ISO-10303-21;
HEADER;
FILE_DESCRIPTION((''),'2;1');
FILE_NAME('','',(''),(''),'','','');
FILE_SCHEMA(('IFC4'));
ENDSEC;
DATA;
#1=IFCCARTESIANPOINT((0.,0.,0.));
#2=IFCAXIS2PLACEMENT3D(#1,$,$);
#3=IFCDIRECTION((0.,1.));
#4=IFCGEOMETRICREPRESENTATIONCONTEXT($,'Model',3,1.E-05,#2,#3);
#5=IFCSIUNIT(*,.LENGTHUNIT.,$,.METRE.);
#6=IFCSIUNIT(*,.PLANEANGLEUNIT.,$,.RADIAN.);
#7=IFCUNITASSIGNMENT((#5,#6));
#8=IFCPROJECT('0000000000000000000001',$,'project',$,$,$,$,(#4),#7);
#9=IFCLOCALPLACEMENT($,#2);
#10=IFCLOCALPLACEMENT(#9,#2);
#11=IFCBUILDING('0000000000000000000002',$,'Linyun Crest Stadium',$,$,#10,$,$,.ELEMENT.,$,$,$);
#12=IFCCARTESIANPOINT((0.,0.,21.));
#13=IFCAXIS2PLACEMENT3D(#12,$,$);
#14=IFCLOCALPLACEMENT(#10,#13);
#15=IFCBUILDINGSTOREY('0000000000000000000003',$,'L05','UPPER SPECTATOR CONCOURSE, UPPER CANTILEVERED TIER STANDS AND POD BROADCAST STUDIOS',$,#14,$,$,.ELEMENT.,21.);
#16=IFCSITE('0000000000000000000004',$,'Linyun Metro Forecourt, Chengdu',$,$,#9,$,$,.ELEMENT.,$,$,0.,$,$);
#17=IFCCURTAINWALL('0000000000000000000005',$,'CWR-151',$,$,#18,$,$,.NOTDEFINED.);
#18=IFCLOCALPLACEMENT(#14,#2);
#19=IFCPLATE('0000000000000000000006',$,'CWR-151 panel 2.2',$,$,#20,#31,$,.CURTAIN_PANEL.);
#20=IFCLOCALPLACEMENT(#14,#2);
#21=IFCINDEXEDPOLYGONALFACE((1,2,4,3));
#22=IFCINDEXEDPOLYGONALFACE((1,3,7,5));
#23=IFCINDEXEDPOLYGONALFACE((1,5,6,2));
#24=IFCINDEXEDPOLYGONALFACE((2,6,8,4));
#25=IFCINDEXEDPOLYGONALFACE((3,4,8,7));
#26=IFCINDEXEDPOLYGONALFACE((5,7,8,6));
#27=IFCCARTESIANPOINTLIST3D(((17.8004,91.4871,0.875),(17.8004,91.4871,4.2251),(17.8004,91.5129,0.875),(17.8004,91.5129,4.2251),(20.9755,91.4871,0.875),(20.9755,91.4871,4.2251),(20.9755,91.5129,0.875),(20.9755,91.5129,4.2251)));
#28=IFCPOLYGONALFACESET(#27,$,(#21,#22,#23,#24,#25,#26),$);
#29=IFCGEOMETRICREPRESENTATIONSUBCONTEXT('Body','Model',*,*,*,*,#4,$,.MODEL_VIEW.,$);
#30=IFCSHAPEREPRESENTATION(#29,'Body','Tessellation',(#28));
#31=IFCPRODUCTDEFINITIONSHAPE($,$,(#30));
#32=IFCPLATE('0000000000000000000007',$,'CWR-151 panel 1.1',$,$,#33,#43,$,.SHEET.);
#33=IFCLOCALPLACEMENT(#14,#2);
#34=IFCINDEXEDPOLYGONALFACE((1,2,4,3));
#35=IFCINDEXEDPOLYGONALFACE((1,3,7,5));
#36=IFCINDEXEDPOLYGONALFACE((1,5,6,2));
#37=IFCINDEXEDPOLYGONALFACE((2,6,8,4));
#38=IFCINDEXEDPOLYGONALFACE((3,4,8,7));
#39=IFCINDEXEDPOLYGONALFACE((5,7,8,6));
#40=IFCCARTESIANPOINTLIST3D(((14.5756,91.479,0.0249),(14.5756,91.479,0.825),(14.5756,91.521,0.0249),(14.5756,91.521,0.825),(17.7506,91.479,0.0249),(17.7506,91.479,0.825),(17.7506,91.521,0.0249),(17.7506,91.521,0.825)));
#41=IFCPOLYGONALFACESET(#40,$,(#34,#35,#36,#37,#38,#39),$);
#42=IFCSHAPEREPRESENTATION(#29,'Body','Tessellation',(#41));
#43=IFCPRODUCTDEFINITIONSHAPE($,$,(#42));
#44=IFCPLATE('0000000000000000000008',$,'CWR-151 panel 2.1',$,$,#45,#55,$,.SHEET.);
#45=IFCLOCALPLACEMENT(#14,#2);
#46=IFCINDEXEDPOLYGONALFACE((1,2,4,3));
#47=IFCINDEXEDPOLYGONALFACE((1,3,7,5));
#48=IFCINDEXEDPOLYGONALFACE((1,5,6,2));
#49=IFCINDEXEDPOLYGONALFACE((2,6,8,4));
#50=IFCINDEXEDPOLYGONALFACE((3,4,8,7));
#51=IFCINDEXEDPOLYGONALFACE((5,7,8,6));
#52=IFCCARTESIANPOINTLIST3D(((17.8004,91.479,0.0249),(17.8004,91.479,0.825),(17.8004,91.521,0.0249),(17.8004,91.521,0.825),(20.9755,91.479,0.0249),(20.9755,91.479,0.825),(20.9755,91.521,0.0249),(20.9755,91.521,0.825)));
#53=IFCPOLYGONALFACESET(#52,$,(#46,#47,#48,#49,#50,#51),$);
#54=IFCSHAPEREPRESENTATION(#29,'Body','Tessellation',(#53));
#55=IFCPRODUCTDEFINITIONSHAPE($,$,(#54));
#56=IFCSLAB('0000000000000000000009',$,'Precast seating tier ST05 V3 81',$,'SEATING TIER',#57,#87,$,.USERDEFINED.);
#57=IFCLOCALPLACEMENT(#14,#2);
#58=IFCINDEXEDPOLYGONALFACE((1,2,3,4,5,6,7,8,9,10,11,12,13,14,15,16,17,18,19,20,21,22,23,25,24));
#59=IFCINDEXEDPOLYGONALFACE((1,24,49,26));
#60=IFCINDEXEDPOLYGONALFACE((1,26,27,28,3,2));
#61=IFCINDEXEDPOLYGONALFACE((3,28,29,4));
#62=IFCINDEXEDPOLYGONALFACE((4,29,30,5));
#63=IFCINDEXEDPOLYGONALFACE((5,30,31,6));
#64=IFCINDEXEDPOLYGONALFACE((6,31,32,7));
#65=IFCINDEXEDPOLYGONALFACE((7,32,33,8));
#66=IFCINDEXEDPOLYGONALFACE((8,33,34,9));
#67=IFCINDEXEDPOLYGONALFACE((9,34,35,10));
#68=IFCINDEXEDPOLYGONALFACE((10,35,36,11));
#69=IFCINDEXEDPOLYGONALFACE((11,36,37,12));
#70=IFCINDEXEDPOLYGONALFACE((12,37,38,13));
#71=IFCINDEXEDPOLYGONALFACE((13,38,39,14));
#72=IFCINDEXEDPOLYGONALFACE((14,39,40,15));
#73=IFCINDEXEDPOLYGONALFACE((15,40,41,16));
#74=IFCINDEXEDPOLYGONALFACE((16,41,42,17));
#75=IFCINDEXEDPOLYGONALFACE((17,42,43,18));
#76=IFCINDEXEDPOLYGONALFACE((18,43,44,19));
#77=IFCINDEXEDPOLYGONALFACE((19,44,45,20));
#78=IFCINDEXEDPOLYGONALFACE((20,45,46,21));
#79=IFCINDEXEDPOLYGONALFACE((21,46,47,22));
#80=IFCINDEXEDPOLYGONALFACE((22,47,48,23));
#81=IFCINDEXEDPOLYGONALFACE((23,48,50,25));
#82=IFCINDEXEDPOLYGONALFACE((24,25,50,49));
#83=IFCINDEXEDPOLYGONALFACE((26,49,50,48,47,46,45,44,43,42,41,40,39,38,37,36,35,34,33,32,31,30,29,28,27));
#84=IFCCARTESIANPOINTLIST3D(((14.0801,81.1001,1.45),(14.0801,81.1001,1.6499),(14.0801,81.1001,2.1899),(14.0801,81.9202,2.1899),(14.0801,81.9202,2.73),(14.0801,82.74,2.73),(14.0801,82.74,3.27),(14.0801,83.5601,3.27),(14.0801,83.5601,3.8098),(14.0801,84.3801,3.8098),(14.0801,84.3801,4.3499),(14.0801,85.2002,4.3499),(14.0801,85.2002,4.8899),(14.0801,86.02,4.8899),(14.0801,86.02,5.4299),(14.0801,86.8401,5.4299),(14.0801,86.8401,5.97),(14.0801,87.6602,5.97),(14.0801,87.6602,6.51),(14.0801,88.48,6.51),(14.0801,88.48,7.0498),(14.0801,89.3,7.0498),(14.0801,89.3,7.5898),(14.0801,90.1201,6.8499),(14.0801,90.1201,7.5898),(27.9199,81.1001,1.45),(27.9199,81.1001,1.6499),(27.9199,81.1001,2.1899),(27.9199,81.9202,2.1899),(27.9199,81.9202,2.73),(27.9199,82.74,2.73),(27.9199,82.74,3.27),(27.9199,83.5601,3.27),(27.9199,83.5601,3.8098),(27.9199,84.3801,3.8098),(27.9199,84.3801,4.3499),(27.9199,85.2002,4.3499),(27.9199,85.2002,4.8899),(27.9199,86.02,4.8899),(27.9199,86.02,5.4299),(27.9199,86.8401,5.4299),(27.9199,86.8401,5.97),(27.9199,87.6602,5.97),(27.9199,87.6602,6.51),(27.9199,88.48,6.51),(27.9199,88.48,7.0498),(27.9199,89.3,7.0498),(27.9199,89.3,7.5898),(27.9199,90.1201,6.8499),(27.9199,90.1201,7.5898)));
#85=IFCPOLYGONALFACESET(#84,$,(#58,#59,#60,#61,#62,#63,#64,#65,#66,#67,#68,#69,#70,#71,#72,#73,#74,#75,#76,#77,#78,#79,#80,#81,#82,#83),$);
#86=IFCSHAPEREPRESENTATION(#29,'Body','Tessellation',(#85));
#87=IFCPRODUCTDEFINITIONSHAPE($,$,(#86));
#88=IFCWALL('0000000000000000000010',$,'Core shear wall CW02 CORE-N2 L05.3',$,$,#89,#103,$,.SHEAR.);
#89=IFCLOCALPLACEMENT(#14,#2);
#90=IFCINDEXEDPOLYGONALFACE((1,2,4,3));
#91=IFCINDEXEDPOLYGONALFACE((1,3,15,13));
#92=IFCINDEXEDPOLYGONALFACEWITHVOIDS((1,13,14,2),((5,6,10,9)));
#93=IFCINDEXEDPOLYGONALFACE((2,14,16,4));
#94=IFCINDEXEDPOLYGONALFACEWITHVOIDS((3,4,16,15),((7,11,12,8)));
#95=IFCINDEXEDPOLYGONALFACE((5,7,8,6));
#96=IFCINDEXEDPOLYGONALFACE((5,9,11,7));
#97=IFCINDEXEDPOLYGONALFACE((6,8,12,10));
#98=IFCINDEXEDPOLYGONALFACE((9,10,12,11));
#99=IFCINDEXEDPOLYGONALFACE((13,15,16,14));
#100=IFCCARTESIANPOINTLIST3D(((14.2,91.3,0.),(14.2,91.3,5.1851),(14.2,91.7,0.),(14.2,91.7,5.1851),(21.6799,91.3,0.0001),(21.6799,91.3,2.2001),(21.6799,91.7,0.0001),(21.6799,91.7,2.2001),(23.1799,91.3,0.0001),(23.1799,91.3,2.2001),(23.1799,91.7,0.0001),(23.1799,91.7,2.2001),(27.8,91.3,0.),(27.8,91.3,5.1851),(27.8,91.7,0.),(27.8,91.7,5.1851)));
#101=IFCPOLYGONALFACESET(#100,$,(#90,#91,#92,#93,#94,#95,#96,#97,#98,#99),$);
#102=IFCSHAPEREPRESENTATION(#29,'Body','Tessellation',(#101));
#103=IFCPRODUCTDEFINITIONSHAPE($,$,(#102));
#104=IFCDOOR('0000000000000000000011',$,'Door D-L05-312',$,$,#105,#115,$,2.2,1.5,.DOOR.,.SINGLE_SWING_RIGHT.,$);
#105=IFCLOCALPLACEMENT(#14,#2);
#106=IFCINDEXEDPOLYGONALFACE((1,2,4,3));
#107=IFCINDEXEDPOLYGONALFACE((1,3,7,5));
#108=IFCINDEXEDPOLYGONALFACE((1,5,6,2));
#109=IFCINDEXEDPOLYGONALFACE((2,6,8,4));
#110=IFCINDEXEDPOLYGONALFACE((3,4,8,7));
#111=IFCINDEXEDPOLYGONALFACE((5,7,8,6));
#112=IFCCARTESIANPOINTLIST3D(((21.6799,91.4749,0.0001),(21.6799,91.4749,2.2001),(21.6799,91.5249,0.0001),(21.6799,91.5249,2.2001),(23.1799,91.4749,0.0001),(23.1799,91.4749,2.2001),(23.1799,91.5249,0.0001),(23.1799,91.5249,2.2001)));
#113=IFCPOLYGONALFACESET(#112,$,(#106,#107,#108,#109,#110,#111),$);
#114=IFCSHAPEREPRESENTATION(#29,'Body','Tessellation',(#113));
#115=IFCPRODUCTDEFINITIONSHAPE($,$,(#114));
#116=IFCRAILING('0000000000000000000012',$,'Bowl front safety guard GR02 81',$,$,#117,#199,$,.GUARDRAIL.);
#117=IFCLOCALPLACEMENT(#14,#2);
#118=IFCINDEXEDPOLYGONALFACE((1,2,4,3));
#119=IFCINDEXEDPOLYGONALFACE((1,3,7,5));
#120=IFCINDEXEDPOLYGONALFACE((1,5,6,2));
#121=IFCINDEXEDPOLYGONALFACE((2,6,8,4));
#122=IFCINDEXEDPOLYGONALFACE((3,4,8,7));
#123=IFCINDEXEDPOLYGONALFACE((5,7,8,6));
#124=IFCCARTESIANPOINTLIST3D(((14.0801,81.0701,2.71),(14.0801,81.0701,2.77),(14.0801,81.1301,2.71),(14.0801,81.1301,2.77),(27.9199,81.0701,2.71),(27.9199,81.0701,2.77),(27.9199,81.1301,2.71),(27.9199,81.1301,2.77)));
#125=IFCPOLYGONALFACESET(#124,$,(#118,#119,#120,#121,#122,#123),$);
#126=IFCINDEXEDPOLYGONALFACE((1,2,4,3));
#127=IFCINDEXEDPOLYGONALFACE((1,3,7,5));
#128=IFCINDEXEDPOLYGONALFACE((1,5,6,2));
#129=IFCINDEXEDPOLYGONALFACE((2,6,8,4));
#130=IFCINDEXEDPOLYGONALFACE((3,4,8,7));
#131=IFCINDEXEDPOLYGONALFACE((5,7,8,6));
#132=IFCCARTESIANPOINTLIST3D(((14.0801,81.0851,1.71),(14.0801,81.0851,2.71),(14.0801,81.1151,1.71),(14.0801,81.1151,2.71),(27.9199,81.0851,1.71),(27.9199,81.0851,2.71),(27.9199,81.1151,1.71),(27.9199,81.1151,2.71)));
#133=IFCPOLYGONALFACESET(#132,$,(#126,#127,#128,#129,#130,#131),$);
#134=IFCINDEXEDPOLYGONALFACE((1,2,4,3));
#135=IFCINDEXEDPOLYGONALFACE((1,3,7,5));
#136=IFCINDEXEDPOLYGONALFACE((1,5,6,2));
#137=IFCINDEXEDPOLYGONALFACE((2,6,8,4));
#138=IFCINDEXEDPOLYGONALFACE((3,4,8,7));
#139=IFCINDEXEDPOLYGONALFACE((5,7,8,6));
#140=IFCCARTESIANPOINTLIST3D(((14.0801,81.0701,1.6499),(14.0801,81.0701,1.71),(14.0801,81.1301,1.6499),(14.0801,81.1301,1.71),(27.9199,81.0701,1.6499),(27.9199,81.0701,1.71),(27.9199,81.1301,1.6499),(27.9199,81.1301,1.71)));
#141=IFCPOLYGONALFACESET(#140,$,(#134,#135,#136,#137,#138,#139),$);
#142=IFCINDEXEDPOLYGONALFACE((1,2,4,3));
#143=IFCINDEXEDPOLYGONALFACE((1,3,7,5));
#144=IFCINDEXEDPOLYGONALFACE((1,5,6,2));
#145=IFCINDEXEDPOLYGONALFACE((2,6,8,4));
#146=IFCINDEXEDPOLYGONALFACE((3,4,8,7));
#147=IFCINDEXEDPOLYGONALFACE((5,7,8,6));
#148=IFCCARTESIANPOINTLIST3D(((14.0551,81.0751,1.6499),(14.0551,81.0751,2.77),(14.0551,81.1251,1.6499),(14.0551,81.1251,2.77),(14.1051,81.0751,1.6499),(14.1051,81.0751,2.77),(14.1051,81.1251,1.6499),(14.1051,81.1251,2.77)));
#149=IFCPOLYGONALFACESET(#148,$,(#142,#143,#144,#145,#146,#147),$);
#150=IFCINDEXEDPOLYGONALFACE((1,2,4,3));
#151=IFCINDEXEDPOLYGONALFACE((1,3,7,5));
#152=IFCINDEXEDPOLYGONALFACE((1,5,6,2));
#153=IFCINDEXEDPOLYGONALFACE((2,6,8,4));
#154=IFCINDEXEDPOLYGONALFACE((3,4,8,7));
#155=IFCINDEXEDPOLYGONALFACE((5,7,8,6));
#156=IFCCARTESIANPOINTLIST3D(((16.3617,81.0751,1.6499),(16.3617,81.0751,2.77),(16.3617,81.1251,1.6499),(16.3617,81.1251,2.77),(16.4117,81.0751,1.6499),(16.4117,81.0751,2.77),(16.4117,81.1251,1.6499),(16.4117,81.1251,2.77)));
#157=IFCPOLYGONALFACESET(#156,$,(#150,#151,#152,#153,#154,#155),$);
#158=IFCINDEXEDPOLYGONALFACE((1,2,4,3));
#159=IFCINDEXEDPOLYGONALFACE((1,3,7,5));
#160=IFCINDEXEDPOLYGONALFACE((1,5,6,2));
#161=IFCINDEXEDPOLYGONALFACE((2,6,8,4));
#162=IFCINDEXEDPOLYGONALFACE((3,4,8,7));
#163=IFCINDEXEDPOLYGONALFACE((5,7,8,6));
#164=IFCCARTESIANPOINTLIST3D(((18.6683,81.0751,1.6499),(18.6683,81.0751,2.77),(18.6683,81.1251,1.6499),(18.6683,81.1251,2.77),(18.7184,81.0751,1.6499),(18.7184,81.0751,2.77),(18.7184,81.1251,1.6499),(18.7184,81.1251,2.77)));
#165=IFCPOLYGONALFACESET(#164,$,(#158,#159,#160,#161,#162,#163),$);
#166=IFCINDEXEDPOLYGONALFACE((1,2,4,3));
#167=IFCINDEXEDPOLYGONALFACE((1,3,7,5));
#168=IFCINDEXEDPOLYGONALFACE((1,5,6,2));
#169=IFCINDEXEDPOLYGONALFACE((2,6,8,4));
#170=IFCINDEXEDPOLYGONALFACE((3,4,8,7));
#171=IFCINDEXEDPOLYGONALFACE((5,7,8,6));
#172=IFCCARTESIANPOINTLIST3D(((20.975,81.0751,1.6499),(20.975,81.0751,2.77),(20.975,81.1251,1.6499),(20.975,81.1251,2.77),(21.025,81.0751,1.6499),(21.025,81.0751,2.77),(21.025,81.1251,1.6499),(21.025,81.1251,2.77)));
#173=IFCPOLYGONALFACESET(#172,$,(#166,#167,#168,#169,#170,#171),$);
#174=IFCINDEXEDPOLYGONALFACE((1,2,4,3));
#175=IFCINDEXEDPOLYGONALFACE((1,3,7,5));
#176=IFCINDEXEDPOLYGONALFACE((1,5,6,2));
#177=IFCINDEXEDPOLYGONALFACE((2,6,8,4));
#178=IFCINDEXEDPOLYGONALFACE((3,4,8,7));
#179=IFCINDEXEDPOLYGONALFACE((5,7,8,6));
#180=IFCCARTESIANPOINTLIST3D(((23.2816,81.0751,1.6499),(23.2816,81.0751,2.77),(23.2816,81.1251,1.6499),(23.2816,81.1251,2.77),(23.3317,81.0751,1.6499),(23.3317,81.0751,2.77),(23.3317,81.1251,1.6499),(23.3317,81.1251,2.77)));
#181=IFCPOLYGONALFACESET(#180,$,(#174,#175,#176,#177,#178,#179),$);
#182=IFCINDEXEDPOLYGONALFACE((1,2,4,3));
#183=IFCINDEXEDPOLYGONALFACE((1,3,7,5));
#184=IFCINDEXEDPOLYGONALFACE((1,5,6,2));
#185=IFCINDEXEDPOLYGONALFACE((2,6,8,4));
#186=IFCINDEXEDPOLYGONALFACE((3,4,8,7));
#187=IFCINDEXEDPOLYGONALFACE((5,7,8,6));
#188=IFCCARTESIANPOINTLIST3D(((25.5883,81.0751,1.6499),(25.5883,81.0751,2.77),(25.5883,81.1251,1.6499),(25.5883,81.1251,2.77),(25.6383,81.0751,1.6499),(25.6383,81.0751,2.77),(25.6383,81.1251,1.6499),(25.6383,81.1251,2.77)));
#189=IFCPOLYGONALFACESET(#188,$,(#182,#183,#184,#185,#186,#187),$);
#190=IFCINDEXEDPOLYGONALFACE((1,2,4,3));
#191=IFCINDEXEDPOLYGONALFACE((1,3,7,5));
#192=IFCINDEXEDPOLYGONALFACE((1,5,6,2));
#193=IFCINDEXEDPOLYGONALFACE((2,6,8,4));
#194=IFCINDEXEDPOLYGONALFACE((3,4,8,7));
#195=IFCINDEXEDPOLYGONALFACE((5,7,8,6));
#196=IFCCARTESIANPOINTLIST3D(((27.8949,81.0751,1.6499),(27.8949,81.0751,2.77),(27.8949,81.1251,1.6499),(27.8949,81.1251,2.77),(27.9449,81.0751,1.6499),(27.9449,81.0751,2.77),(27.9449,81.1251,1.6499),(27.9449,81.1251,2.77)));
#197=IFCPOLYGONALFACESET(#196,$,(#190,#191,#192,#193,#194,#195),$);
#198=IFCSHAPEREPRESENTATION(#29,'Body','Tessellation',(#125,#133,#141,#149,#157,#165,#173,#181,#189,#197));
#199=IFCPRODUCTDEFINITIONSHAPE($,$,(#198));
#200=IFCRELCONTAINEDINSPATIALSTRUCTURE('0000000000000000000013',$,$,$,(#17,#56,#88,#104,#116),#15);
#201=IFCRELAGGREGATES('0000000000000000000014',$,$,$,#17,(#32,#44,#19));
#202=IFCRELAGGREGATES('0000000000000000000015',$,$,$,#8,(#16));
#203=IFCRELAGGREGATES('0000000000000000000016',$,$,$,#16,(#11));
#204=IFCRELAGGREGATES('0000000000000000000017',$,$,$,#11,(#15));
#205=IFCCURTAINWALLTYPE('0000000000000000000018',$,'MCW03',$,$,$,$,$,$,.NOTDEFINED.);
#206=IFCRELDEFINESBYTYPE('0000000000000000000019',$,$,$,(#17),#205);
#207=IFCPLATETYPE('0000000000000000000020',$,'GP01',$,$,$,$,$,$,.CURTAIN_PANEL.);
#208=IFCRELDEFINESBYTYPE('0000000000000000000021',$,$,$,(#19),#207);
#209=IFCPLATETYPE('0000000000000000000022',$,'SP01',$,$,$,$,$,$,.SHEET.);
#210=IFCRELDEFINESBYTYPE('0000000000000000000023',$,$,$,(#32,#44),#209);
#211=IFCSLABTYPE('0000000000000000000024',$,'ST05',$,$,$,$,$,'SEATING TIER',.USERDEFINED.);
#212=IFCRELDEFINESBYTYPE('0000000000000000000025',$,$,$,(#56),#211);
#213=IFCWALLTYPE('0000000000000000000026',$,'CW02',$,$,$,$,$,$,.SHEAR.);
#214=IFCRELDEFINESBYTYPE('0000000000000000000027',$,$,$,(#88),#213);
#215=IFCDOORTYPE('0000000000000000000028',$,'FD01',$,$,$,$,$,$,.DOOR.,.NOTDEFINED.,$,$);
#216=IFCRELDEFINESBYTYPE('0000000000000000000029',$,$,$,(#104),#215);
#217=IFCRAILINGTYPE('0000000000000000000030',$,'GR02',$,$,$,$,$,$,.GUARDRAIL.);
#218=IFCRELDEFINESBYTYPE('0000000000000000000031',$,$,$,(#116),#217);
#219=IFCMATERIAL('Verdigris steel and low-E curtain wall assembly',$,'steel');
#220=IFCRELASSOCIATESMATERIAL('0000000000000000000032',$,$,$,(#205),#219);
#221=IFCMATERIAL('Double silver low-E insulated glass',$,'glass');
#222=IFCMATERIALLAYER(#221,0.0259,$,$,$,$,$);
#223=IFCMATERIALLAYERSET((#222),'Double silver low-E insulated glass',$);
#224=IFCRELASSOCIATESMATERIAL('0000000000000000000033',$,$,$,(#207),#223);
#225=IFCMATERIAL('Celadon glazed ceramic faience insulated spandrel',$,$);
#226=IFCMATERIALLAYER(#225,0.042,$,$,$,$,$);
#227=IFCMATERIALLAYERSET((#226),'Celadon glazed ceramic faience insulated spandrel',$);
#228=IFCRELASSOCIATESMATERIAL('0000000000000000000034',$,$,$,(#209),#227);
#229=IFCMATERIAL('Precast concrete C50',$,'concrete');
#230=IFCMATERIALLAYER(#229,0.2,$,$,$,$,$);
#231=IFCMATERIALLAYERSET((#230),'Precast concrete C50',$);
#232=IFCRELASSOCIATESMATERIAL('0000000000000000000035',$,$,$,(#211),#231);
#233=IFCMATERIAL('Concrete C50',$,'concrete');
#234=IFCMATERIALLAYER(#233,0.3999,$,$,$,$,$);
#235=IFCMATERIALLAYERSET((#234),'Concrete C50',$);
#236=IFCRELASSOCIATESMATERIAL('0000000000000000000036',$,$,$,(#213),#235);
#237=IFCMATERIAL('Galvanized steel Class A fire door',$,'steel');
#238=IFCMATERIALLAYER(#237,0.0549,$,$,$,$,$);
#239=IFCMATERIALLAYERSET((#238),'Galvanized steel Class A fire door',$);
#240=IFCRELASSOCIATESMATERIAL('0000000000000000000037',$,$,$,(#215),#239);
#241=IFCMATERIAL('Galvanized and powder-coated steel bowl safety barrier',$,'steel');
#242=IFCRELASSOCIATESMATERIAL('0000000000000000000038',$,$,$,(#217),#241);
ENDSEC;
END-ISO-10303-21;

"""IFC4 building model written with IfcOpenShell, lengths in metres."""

from ifc_helpers import new_model, si_unit, direction, frame, frame_2d, origin, origin_2d, place, context, subcontext, project, spatial, polyline, rectangle, outline, extrude, material, layer, layer_set, type_object, element, fill, aggregate, save


model = new_model("IFC4")

# Units and contexts
model_context = context("Model", 3, precision=1e-05, world=origin(), true_north=direction((0.0, 1.0)))
body_context = subcontext(model_context, "Body", "Model", "MODEL_VIEW")
ifc_project = project(units=[si_unit("LENGTHUNIT", "METRE"), si_unit("PLANEANGLEUNIT", "RADIAN")], contexts=[model_context])

# Site, building, storey
site_placement = place(None, origin())
site = spatial("IfcSite", under=ifc_project, at=site_placement, Name="Linyun Metro Forecourt, Chengdu", CompositionType="ELEMENT", RefElevation=0.0)
building_placement = place(site_placement, origin())
building = spatial("IfcBuilding", under=site, at=building_placement, Name="Linyun Crest Stadium", CompositionType="ELEMENT")
storey_placement = place(building_placement, frame((0.0, 0.0, 21.0)))
storey = spatial("IfcBuildingStorey", under=building, at=storey_placement, Name="L05", Description="UPPER SPECTATOR CONCOURSE, UPPER CANTILEVERED TIER STANDS AND POD BROADCAST STUDIOS", CompositionType="ELEMENT", Elevation=21.0)

# Curtain wall
ifc_material_1 = material(Name="Verdigris steel and low-E curtain wall assembly", Category="steel")
curtain_wall_type_1 = type_object("IfcCurtainWallType", Name="MCW03", PredefinedType="NOTDEFINED", material=ifc_material_1)
curtain_wall_1_placement = place(storey_placement, origin())
curtain_wall_1 = element("IfcCurtainWall", 1, at=curtain_wall_1_placement, inside=storey, type_object=curtain_wall_type_1, Name="CWR-151", PredefinedType="NOTDEFINED")

# Plates
ifc_material_2 = material(Name="Double silver low-E insulated glass", Category="glass")
ifc_layer_1 = layer(ifc_material_2, 0.0259)
ifc_layer_set_1 = layer_set([ifc_layer_1], Name="Double silver low-E insulated glass")
plate_type_1 = type_object("IfcPlateType", Name="GP01", PredefinedType="CURTAIN_PANEL", material=ifc_layer_set_1)
plate_1_placement = place(storey_placement, frame((19.3879, 91.5, 0.875), z_axis=(0.0, 0.0, 1.0), x_axis=(1.0, 0.0, 0.0)))
plate_1 = element("IfcPlate", 2, at=plate_1_placement, type_object=plate_type_1, Name="CWR-151 panel 2.2", PredefinedType="CURTAIN_PANEL", context=body_context, shape_type="SweptSolid", body=[
    extrude(rectangle(XDim=3.175, YDim=0.0259, at=origin_2d()), origin(), (0.0, 0.0, 1.0), 3.3501),
])
ifc_material_3 = material(Name="Celadon glazed ceramic faience insulated spandrel")
ifc_layer_2 = layer(ifc_material_3, 0.042)
ifc_layer_set_2 = layer_set([ifc_layer_2], Name="Celadon glazed ceramic faience insulated spandrel")
plate_type_2 = type_object("IfcPlateType", Name="SP01", PredefinedType="SHEET", material=ifc_layer_set_2)
plate_2_placement = place(storey_placement, frame((16.1631, 91.5, 0.0249), z_axis=(0.0, 0.0, 1.0), x_axis=(1.0, 0.0, 0.0)))
plate_2 = element("IfcPlate", 3, at=plate_2_placement, type_object=plate_type_2, Name="CWR-151 panel 1.1", PredefinedType="SHEET", context=body_context, shape_type="SweptSolid", body=[
    extrude(rectangle(XDim=3.175, YDim=0.042, at=origin_2d()), origin(), (0.0, 0.0, 1.0), 0.8),
])
plate_3_placement = place(storey_placement, frame((19.3879, 91.5, 0.0249), z_axis=(0.0, 0.0, 1.0), x_axis=(1.0, 0.0, 0.0)))
plate_3 = element("IfcPlate", 4, at=plate_3_placement, type_object=plate_type_2, Name="CWR-151 panel 2.1", PredefinedType="SHEET", context=body_context, shape_type="SweptSolid", body=[
    extrude(rectangle(XDim=3.175, YDim=0.042, at=origin_2d()), origin(), (0.0, 0.0, 1.0), 0.8),
])
aggregate(curtain_wall_1, [plate_2, plate_3, plate_1])

# Slab
ifc_material_4 = material(Name="Precast concrete C50", Category="concrete")
ifc_layer_3 = layer(ifc_material_4, 0.2)
ifc_layer_set_3 = layer_set([ifc_layer_3], Name="Precast concrete C50")
slab_type = type_object("IfcSlabType", Name="ST05", ElementType="SEATING TIER", PredefinedType="USERDEFINED", material=ifc_layer_set_3)
slab_placement = place(storey_placement, frame((14.0801, 81.1001, 1.6499), z_axis=(0.0, 0.0, 1.0), x_axis=(0.0, 1.0, 0.0)))
element("IfcSlab", 5, at=slab_placement, inside=storey, type_object=slab_type, Name="Precast seating tier ST05 V3 81", ObjectType="SEATING TIER", PredefinedType="USERDEFINED", context=body_context, shape_type="SweptSolid", body=[
    extrude(outline(polyline([(0.0, 0.0), (0.0, 0.54), (0.8201, 0.54), (0.8201, 1.0801), (1.6399, 1.0801), (1.6399, 1.6201), (2.46, 1.6201), (2.46, 2.1599), (3.28, 2.1599), (3.28, 2.7), (4.1001, 2.7), (4.1001, 3.24), (4.9199, 3.24), (4.9199, 3.78), (5.74, 3.78), (5.74, 4.3201), (6.5601, 4.3201), (6.5601, 4.8601), (7.3799, 4.8601), (7.3799, 5.3999), (8.2, 5.3999), (8.2, 5.9399), (9.02, 5.9399), (9.02, 5.2), (0.0, -0.2), (0.0, 0.0)])), frame((0.0, 0.0, 0.0), z_axis=(0.0, -1.0, 0.0), x_axis=(1.0, 0.0, 0.0)), (0.0, 0.0, 1.0), 13.8398),
])

# Wall, opening, door
ifc_material_5 = material(Name="Concrete C50", Category="concrete")
ifc_layer_4 = layer(ifc_material_5, 0.3999)
ifc_layer_set_4 = layer_set([ifc_layer_4], Name="Concrete C50")
wall_type = type_object("IfcWallType", Name="CW02", PredefinedType="SHEAR", material=ifc_layer_set_4)
wall_placement = place(storey_placement, frame((14.2, 91.5, 0.0), z_axis=(0.0, 0.0, 1.0), x_axis=(1.0, 0.0, 0.0)))
wall = element("IfcWall", 6, at=wall_placement, inside=storey, type_object=wall_type, Name="Core shear wall CW02 CORE-N2 L05.3", PredefinedType="SHEAR", context=body_context, shape_type="SweptSolid", body=[
    extrude(rectangle(XDim=13.6001, YDim=0.3999, at=frame_2d((6.8, 0.0))), origin(), (0.0, 0.0, 1.0), 5.1851),
])
opening_placement = place(wall_placement, frame((7.48, 0.0, 0.0)))
opening = element("IfcOpeningElement", 7, at=opening_placement, cuts=wall, PredefinedType="OPENING", context=body_context, shape_type="SweptSolid", body=[
    extrude(rectangle(XDim=1.5, YDim=2.2, at=frame_2d((0.75, 1.1001))), frame((0.0, 0.21, 0.0), z_axis=(0.0, -1.0, 0.0), x_axis=(1.0, 0.0, 0.0)), (0.0, 0.0, 1.0), 0.4199),
])
ifc_material_6 = material(Name="Galvanized steel Class A fire door", Category="steel")
ifc_layer_5 = layer(ifc_material_6, 0.0549)
ifc_layer_set_5 = layer_set([ifc_layer_5], Name="Galvanized steel Class A fire door")
door_type = type_object("IfcDoorType", Name="FD01", OperationType="NOTDEFINED", PredefinedType="DOOR", material=ifc_layer_set_5)
door_placement = place(opening_placement, origin())
door = element("IfcDoor", 8, at=door_placement, inside=storey, type_object=door_type, Name="Door D-L05-312", OperationType="SINGLE_SWING_RIGHT", OverallHeight=2.2, OverallWidth=1.5, PredefinedType="DOOR", context=body_context, shape_type="SweptSolid", body=[
    extrude(rectangle(XDim=1.5, YDim=2.2, at=frame_2d((0.75, 1.1001))), frame((0.0, 0.0249, 0.0), z_axis=(0.0, -1.0, 0.0), x_axis=(1.0, 0.0, 0.0)), (0.0, 0.0, 1.0), 0.05),
])
fill(opening, door)

# Railing
ifc_material_7 = material(Name="Galvanized and powder-coated steel bowl safety barrier", Category="steel")
railing_type = type_object("IfcRailingType", Name="GR02", PredefinedType="GUARDRAIL", material=ifc_material_7)
railing_1_placement = place(storey_placement, frame((14.0801, 81.1001, 1.6499)))
element("IfcRailing", 9, at=railing_1_placement, inside=storey, type_object=railing_type, Name="Bowl front safety guard GR02 81", PredefinedType="GUARDRAIL", context=body_context, shape_type="SweptSolid", body=[
    extrude(rectangle(XDim=0.0601, YDim=0.0601, at=origin_2d()), frame((0.0, 0.0, 1.0901), z_axis=(1.0, 0.0, 0.0), x_axis=(0.0, 1.0, 0.0)), (0.0, 0.0, 1.0), 13.8398),
    extrude(rectangle(XDim=0.03, YDim=1.0, at=origin_2d()), frame((0.0, 0.0, 0.5601), z_axis=(1.0, 0.0, 0.0), x_axis=(0.0, 1.0, 0.0)), (0.0, 0.0, 1.0), 13.8398),
    extrude(rectangle(XDim=0.0601, YDim=0.0601, at=origin_2d()), frame((0.0, 0.0, 0.03), z_axis=(1.0, 0.0, 0.0), x_axis=(0.0, 1.0, 0.0)), (0.0, 0.0, 1.0), 13.8398),
    extrude(rectangle(XDim=0.05, YDim=0.05, at=origin_2d()), origin(), (0.0, 0.0, 1.0), 1.1201),
    extrude(rectangle(XDim=0.05, YDim=0.05, at=origin_2d()), frame((2.3066, 0.0, 0.0)), (0.0, 0.0, 1.0), 1.1201),
    extrude(rectangle(XDim=0.05, YDim=0.05, at=origin_2d()), frame((4.6133, 0.0, 0.0)), (0.0, 0.0, 1.0), 1.1201),
    extrude(rectangle(XDim=0.05, YDim=0.05, at=origin_2d()), frame((6.9199, 0.0, 0.0)), (0.0, 0.0, 1.0), 1.1201),
    extrude(rectangle(XDim=0.05, YDim=0.05, at=origin_2d()), frame((9.2266, 0.0, 0.0)), (0.0, 0.0, 1.0), 1.1201),
    extrude(rectangle(XDim=0.05, YDim=0.05, at=origin_2d()), frame((11.5332, 0.0, 0.0)), (0.0, 0.0, 1.0), 1.1201),
    extrude(rectangle(XDim=0.05, YDim=0.05, at=origin_2d()), frame((13.8398, 0.0, 0.0)), (0.0, 0.0, 1.0), 1.1201),
])

save(model, "model.ifc")
